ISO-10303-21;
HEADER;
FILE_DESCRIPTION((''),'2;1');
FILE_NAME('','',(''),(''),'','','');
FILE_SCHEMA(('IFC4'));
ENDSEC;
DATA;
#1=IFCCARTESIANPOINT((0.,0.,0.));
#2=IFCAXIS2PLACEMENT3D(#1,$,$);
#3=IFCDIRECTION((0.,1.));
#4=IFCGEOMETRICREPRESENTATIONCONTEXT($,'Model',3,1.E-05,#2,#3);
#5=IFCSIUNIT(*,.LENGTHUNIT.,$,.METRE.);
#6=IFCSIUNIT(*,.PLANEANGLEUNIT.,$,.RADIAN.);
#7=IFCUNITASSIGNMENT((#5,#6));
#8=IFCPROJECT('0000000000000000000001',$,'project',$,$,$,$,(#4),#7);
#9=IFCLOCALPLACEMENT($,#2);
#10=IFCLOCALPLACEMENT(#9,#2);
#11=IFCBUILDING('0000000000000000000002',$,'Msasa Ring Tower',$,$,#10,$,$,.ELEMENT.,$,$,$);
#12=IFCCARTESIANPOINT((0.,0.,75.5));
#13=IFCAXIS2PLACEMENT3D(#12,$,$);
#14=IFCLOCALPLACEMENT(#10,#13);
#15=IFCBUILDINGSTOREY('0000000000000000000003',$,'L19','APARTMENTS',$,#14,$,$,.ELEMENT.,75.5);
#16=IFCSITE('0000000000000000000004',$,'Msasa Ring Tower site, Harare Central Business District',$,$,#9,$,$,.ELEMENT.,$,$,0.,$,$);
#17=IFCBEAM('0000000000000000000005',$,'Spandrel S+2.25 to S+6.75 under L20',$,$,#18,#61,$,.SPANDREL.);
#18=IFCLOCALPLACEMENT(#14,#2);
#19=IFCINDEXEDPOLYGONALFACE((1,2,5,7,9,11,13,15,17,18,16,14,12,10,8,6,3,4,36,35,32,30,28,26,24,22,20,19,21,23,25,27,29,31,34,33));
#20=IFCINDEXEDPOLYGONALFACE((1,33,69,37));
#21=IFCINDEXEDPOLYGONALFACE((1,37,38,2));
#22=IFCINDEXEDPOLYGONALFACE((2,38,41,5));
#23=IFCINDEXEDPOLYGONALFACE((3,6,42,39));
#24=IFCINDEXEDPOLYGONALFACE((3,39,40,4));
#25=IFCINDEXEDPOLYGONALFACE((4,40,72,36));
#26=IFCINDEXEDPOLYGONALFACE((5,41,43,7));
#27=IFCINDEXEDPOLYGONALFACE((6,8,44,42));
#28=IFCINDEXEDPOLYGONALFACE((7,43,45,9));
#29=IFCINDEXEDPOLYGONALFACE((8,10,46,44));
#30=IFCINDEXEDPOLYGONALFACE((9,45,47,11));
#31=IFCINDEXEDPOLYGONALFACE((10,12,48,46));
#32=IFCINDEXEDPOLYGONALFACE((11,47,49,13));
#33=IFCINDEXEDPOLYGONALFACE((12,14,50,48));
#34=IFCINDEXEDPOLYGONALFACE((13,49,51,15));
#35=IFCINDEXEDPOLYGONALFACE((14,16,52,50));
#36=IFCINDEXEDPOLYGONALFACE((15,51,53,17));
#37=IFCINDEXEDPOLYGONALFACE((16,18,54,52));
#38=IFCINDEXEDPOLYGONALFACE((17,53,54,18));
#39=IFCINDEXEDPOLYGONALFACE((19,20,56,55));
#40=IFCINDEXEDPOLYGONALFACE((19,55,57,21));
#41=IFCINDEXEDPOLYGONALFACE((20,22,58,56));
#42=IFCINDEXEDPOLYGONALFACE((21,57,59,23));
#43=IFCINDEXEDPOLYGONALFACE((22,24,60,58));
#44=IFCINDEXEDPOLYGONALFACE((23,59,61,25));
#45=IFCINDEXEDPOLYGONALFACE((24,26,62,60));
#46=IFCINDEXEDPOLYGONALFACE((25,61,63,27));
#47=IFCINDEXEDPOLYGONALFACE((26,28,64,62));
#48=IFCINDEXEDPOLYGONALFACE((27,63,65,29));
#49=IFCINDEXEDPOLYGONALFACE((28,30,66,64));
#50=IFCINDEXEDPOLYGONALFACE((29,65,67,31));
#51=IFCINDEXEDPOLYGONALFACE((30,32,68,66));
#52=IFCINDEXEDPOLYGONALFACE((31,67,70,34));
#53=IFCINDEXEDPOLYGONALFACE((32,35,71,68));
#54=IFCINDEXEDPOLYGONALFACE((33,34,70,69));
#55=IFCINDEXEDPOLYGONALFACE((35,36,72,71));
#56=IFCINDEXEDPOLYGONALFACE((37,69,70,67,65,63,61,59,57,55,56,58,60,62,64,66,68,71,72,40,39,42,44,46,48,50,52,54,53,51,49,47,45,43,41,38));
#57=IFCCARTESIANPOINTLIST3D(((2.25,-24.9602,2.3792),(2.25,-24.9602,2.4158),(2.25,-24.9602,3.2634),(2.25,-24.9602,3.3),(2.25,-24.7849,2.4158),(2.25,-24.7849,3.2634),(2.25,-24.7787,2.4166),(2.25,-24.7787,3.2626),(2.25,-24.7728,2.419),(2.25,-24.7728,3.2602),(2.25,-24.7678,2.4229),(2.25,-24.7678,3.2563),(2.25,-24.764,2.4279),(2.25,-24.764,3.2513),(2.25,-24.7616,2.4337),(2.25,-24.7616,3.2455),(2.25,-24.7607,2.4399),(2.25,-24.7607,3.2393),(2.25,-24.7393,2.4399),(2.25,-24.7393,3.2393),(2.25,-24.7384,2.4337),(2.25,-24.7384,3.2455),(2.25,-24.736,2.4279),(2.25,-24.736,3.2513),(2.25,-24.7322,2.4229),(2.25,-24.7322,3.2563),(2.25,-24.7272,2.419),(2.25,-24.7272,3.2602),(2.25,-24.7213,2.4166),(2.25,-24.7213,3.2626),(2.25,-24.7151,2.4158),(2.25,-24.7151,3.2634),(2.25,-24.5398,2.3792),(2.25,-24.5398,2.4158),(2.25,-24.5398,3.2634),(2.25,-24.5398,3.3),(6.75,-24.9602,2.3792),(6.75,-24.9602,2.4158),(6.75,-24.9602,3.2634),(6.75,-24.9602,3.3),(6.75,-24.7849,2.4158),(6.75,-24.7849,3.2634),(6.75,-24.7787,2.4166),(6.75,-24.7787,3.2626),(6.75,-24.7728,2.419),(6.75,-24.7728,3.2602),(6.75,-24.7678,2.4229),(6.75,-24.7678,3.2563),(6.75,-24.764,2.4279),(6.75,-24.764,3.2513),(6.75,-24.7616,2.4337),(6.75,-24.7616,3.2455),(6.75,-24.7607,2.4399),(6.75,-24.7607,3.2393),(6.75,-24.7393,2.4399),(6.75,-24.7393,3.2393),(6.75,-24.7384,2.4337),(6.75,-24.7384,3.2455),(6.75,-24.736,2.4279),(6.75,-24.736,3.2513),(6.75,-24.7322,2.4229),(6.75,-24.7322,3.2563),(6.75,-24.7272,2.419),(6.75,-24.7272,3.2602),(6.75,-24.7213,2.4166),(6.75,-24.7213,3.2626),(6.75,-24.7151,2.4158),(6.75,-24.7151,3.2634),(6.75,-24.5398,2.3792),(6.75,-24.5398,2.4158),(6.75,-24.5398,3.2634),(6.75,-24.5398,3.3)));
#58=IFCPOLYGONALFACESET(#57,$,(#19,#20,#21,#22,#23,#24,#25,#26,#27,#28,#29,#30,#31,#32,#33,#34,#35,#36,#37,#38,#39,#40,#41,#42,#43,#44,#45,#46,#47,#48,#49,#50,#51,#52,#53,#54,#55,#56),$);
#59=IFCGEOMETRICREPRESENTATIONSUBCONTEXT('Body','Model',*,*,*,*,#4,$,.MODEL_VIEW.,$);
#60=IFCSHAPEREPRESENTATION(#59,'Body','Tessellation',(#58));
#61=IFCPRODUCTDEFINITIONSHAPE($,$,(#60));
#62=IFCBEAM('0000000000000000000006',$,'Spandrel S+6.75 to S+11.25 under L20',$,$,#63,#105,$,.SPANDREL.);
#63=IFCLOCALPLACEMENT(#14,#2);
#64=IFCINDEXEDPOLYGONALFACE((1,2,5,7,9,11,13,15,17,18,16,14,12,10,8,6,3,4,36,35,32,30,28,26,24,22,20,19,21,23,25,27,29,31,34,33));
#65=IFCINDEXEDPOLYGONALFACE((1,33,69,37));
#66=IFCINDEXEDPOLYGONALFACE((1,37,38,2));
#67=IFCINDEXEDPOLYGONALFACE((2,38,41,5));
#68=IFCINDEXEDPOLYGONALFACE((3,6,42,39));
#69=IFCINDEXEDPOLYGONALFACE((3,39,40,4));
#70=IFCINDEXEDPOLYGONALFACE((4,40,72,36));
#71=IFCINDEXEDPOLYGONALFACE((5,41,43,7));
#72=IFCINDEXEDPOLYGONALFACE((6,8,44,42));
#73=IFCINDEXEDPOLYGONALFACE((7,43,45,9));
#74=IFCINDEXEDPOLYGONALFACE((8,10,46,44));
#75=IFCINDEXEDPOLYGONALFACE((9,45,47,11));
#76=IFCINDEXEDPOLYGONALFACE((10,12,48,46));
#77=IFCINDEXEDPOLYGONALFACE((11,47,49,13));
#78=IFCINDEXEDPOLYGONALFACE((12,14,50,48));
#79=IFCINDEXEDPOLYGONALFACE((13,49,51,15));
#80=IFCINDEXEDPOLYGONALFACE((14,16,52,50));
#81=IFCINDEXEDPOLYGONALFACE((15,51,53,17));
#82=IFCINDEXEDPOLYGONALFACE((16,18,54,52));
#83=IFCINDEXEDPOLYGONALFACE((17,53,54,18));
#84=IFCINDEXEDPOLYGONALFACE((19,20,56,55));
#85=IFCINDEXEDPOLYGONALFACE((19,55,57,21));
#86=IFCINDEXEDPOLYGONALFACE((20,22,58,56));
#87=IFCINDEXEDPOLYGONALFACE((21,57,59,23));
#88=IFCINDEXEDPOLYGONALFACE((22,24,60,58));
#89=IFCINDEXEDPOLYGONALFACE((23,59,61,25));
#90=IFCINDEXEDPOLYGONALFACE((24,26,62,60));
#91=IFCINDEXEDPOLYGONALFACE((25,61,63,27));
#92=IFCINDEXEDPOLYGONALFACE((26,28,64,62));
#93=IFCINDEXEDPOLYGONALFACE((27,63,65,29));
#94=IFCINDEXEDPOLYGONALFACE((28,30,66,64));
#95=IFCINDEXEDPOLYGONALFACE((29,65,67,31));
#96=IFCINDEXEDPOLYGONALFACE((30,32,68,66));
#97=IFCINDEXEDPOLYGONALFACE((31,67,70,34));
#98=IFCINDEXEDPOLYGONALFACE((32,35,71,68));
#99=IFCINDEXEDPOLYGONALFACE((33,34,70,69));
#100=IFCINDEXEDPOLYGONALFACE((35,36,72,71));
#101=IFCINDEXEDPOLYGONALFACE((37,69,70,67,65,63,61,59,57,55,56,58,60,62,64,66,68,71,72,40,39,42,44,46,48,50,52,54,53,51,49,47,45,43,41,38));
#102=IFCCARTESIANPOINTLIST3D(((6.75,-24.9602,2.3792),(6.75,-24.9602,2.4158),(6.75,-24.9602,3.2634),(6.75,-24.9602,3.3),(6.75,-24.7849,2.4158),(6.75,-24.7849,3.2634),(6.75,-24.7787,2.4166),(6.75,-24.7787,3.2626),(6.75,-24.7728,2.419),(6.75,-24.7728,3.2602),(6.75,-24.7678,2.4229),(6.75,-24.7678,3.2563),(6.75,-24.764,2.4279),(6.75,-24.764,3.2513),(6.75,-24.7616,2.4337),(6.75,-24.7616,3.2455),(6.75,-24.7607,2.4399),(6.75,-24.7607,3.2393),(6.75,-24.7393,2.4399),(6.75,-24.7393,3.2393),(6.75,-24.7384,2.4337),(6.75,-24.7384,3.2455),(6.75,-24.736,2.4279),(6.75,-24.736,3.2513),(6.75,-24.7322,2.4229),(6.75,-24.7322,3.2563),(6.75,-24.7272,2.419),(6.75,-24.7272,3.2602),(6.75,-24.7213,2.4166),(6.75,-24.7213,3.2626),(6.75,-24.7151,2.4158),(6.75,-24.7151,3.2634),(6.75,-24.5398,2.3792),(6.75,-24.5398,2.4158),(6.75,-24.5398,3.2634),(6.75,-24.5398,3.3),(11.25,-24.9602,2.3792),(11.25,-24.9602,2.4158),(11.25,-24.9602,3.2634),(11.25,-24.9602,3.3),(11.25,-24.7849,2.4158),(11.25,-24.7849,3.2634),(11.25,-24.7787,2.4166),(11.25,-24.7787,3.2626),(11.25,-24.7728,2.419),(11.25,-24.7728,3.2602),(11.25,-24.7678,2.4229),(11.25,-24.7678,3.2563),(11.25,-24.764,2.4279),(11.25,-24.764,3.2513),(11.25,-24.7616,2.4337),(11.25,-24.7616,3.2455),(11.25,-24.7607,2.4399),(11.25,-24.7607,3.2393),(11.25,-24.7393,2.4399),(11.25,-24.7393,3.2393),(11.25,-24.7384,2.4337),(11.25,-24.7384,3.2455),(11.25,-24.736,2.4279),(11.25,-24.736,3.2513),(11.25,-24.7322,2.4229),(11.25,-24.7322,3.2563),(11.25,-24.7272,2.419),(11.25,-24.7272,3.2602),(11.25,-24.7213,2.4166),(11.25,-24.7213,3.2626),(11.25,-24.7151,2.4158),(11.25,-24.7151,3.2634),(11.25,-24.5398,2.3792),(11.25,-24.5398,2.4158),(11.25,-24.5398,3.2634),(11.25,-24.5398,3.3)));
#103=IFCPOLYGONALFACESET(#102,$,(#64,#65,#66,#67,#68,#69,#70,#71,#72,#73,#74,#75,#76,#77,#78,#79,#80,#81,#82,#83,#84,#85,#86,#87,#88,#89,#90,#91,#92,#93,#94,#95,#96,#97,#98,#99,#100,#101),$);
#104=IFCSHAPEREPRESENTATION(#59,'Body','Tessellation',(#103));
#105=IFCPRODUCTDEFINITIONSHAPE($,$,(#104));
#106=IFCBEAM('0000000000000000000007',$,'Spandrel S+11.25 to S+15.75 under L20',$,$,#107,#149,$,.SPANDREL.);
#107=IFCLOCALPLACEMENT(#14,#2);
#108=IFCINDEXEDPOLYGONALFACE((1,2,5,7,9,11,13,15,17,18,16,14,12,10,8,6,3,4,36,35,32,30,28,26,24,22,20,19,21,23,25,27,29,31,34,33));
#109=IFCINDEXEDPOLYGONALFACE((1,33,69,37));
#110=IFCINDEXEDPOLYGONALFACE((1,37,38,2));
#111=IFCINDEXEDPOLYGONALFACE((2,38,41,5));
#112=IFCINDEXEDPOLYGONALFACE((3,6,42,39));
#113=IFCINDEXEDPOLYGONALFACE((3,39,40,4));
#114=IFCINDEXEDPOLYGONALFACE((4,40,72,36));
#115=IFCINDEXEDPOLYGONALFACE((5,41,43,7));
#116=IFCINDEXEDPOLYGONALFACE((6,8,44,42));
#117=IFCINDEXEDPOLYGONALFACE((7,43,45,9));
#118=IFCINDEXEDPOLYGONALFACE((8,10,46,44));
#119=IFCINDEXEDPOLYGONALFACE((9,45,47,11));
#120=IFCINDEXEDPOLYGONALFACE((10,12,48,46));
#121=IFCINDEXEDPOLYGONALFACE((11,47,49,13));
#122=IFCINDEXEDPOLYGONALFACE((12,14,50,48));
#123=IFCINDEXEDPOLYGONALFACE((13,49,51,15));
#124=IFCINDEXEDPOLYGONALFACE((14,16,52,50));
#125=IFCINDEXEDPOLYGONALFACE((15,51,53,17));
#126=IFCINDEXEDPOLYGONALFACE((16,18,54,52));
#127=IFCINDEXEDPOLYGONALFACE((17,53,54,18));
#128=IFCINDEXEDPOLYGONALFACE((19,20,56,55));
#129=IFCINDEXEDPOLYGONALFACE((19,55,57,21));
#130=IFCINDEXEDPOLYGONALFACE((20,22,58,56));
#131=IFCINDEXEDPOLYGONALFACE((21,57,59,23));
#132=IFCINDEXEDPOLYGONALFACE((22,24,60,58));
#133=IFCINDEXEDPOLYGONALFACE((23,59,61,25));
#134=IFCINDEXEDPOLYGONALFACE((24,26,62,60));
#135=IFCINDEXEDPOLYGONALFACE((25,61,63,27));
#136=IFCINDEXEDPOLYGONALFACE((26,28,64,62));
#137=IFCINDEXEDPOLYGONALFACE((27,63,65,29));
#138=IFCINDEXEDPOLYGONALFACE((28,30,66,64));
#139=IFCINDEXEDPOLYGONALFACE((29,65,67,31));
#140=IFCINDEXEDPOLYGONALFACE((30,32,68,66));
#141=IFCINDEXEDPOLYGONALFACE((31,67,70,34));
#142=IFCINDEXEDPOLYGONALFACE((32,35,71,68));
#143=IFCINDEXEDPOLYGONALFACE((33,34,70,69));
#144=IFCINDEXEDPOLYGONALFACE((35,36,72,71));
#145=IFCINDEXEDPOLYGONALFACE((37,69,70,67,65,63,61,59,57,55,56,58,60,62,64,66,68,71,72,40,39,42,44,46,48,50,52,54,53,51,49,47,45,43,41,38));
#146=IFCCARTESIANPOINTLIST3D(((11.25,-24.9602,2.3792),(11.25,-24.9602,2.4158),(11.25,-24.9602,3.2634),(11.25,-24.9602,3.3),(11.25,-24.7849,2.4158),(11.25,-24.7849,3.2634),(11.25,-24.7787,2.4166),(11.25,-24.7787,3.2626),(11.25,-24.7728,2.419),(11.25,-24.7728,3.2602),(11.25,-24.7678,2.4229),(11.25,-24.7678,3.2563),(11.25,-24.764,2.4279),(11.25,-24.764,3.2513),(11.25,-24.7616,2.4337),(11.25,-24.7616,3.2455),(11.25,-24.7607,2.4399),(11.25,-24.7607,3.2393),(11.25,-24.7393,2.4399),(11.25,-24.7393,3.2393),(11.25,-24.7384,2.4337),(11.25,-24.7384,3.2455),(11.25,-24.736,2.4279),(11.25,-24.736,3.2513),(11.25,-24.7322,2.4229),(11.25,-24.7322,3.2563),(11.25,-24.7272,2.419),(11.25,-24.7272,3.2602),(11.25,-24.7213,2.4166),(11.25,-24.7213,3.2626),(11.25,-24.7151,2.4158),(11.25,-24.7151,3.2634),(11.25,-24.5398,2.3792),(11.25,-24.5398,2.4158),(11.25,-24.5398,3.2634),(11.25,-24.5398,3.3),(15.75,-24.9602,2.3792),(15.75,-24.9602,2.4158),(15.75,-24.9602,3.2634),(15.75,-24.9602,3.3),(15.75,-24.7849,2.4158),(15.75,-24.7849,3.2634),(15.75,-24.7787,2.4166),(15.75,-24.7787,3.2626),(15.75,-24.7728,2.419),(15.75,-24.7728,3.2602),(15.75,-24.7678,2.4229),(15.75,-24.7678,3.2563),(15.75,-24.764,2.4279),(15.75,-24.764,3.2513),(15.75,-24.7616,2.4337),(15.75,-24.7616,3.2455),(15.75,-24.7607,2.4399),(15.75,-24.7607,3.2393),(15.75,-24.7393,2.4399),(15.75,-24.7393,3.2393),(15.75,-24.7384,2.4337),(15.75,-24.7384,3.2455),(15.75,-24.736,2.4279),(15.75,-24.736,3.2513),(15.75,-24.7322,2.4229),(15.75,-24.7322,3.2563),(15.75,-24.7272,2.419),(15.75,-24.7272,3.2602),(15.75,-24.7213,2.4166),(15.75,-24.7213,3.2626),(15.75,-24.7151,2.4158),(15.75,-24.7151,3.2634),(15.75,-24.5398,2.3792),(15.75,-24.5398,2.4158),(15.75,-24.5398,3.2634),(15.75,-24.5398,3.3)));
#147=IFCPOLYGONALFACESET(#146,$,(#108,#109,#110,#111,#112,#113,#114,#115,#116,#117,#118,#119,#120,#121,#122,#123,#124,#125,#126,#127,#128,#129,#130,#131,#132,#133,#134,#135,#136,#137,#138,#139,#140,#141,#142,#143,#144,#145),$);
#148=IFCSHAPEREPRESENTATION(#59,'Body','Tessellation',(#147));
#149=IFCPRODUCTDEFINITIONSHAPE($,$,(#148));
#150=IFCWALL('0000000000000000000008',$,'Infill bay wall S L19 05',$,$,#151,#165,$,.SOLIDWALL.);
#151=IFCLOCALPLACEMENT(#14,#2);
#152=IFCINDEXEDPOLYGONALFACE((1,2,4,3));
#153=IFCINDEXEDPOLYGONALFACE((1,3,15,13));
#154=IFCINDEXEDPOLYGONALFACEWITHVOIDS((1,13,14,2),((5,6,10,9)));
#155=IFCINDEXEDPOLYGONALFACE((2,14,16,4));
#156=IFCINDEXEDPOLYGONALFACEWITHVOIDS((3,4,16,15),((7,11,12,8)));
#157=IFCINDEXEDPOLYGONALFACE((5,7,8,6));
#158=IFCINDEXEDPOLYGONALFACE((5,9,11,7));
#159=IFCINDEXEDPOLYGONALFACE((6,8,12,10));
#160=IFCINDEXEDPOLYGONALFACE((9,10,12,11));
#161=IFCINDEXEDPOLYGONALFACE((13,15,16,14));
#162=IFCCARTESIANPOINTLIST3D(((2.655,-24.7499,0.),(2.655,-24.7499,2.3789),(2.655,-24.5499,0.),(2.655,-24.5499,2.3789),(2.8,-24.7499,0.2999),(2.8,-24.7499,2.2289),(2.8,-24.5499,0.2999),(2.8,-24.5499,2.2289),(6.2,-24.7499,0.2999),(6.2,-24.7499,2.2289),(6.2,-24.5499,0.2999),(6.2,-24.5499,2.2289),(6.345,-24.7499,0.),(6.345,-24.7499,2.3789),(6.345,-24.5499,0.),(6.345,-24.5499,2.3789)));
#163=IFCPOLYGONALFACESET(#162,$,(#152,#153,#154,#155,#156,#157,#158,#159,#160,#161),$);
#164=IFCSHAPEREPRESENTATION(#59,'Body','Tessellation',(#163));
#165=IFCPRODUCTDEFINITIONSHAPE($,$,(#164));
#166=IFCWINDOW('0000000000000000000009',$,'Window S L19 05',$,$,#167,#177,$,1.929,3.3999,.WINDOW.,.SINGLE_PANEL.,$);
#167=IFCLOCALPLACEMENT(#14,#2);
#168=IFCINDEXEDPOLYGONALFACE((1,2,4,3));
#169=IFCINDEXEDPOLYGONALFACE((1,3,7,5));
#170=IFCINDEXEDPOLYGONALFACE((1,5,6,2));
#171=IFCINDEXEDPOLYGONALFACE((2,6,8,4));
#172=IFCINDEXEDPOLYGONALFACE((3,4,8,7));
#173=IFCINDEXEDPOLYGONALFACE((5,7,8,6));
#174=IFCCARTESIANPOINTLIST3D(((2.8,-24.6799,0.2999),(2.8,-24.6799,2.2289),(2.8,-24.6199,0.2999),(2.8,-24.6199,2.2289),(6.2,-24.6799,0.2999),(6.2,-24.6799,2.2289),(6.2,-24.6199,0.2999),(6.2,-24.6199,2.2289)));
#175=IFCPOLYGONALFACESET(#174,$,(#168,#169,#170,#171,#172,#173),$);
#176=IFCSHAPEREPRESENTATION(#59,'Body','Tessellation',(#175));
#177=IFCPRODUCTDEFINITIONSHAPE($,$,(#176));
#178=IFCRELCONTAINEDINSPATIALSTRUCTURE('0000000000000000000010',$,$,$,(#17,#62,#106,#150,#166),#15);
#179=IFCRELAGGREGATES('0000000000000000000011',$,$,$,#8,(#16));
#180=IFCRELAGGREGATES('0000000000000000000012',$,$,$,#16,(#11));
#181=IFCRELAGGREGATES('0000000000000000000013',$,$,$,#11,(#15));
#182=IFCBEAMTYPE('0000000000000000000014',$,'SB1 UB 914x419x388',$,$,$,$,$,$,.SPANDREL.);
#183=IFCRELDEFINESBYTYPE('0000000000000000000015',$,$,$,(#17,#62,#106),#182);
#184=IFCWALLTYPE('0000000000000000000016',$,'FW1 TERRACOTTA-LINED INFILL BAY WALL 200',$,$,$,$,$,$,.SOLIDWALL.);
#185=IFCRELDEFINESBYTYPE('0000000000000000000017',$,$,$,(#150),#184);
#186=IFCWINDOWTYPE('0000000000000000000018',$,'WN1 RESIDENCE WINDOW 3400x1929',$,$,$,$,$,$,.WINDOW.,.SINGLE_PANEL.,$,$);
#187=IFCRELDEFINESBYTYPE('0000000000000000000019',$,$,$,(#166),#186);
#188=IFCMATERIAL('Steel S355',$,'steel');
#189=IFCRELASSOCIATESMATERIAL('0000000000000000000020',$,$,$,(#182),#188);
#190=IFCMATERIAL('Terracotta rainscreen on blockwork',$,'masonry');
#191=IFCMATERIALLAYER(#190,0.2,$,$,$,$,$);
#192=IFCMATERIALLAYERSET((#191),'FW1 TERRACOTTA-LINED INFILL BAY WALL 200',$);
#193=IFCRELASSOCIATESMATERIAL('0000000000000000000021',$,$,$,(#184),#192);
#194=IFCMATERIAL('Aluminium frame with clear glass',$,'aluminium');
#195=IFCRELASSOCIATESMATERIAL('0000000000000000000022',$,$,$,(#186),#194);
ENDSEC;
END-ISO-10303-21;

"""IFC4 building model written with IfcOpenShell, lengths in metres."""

from ifc_helpers import new_model, si_unit, direction, frame, frame_2d, origin, origin_2d, place, context, subcontext, project, spatial, rectangle, i_section, extrude, material, layer, layer_set, material_profile, profile_set, type_object, element, fill, save


model = new_model("IFC4")

# Units and contexts
model_context = context("Model", 3, precision=1e-05, world=origin(), true_north=direction((0.0, 1.0)))
body_context = subcontext(model_context, "Body", "Model", "MODEL_VIEW")
ifc_project = project(units=[si_unit("LENGTHUNIT", "METRE"), si_unit("PLANEANGLEUNIT", "RADIAN")], contexts=[model_context])

# Site, building, storey
site_placement = place(None, origin())
site = spatial("IfcSite", under=ifc_project, at=site_placement, Name="Msasa Ring Tower site, Harare Central Business District", CompositionType="ELEMENT", RefElevation=0.0)
building_placement = place(site_placement, origin())
building = spatial("IfcBuilding", under=site, at=building_placement, Name="Msasa Ring Tower", CompositionType="ELEMENT")
storey_placement = place(building_placement, frame((0.0, 0.0, 75.5)))
storey = spatial("IfcBuildingStorey", under=building, at=storey_placement, Name="L19", Description="APARTMENTS", CompositionType="ELEMENT", Elevation=75.5)

# Beams
ifc_material_1 = material(Name="Steel S355", Category="steel")
ifc_material_profile_1 = material_profile(ifc_material_1, i_section(OverallWidth=0.4204, OverallDepth=0.9209, WebThickness=0.0215, FlangeThickness=0.0366, FilletRadius=0.0242, at=origin_2d()), Name="UB 914x419x388")
ifc_profile_set_1 = profile_set([ifc_material_profile_1], Name="Steel S355")
beam_type_1 = type_object("IfcBeamType", Name="SB1 UB 914x419x388", PredefinedType="SPANDREL", material=ifc_profile_set_1)
for number, where, z_axis, x_axis, name in (
    (1, (2.25, -24.75, 2.8396), (1.0, 0.0, 0.0), (0.0, 1.0, 0.0), "Spandrel S+2.25 to S+6.75 under L20"),
    (2, (6.75, -24.75, 2.8396), (1.0, 0.0, 0.0), (0.0, 1.0, 0.0), "Spandrel S+6.75 to S+11.25 under L20"),
    (3, (11.25, -24.75, 2.8396), (1.0, 0.0, 0.0), (0.0, 1.0, 0.0), "Spandrel S+11.25 to S+15.75 under L20"),
):
    element("IfcBeam", number, at=place(storey_placement, frame(where, z_axis=z_axis, x_axis=x_axis)), inside=storey, type_object=beam_type_1, Name=name, PredefinedType="SPANDREL", context=body_context, shape_type="SweptSolid", body=[
        extrude(i_section(OverallWidth=0.4204, OverallDepth=0.9209, WebThickness=0.0215, FlangeThickness=0.0366, FilletRadius=0.0242, at=origin_2d()), origin(), (0.0, 0.0, 1.0), 4.5),
    ])

# Wall, opening, window
ifc_material_2 = material(Name="Terracotta rainscreen on blockwork", Category="masonry")
ifc_layer_1 = layer(ifc_material_2, 0.2)
ifc_layer_set_1 = layer_set([ifc_layer_1], Name="FW1 TERRACOTTA-LINED INFILL BAY WALL 200")
wall_type_1 = type_object("IfcWallType", Name="FW1 TERRACOTTA-LINED INFILL BAY WALL 200", PredefinedType="SOLIDWALL", material=ifc_layer_set_1)
wall_1_placement = place(storey_placement, frame((2.655, -24.6499, 0.0), z_axis=(0.0, 0.0, 1.0), x_axis=(1.0, 0.0, 0.0)))
wall_1 = element("IfcWall", 4, at=wall_1_placement, inside=storey, type_object=wall_type_1, Name="Infill bay wall S L19 05", PredefinedType="SOLIDWALL", context=body_context, shape_type="SweptSolid", body=[
    extrude(rectangle(XDim=3.6899, YDim=0.2, at=frame_2d((1.845, 0.0))), origin(), (0.0, 0.0, 1.0), 2.3789),
])
opening_1_placement = place(wall_1_placement, frame((0.145, 0.0, 0.3)))
opening_1 = element("IfcOpeningElement", 5, at=opening_1_placement, cuts=wall_1, PredefinedType="OPENING", context=body_context, shape_type="SweptSolid", body=[
    extrude(rectangle(XDim=3.3999, YDim=1.929, at=frame_2d((1.7, 0.9644))), frame((0.0, 0.1099, 0.0), z_axis=(0.0, -1.0, 0.0), x_axis=(1.0, 0.0, 0.0)), (0.0, 0.0, 1.0), 0.22),
])
ifc_material_3 = material(Name="Aluminium frame with clear glass", Category="aluminium")
window_type = type_object("IfcWindowType", Name="WN1 RESIDENCE WINDOW 3400x1929", PartitioningType="SINGLE_PANEL", PredefinedType="WINDOW", material=ifc_material_3)
window_1_placement = place(opening_1_placement, origin())
window_1 = element("IfcWindow", 6, at=window_1_placement, inside=storey, type_object=window_type, Name="Window S L19 05", OverallHeight=1.929, OverallWidth=3.3999, PartitioningType="SINGLE_PANEL", PredefinedType="WINDOW", context=body_context, shape_type="SweptSolid", body=[
    extrude(rectangle(XDim=3.3999, YDim=1.929, at=frame_2d((1.7, 0.9644))), frame((0.0, 0.03, 0.0), z_axis=(0.0, -1.0, 0.0), x_axis=(1.0, 0.0, 0.0)), (0.0, 0.0, 1.0), 0.0601),
])
fill(opening_1, window_1)

save(model, "model.ifc")
